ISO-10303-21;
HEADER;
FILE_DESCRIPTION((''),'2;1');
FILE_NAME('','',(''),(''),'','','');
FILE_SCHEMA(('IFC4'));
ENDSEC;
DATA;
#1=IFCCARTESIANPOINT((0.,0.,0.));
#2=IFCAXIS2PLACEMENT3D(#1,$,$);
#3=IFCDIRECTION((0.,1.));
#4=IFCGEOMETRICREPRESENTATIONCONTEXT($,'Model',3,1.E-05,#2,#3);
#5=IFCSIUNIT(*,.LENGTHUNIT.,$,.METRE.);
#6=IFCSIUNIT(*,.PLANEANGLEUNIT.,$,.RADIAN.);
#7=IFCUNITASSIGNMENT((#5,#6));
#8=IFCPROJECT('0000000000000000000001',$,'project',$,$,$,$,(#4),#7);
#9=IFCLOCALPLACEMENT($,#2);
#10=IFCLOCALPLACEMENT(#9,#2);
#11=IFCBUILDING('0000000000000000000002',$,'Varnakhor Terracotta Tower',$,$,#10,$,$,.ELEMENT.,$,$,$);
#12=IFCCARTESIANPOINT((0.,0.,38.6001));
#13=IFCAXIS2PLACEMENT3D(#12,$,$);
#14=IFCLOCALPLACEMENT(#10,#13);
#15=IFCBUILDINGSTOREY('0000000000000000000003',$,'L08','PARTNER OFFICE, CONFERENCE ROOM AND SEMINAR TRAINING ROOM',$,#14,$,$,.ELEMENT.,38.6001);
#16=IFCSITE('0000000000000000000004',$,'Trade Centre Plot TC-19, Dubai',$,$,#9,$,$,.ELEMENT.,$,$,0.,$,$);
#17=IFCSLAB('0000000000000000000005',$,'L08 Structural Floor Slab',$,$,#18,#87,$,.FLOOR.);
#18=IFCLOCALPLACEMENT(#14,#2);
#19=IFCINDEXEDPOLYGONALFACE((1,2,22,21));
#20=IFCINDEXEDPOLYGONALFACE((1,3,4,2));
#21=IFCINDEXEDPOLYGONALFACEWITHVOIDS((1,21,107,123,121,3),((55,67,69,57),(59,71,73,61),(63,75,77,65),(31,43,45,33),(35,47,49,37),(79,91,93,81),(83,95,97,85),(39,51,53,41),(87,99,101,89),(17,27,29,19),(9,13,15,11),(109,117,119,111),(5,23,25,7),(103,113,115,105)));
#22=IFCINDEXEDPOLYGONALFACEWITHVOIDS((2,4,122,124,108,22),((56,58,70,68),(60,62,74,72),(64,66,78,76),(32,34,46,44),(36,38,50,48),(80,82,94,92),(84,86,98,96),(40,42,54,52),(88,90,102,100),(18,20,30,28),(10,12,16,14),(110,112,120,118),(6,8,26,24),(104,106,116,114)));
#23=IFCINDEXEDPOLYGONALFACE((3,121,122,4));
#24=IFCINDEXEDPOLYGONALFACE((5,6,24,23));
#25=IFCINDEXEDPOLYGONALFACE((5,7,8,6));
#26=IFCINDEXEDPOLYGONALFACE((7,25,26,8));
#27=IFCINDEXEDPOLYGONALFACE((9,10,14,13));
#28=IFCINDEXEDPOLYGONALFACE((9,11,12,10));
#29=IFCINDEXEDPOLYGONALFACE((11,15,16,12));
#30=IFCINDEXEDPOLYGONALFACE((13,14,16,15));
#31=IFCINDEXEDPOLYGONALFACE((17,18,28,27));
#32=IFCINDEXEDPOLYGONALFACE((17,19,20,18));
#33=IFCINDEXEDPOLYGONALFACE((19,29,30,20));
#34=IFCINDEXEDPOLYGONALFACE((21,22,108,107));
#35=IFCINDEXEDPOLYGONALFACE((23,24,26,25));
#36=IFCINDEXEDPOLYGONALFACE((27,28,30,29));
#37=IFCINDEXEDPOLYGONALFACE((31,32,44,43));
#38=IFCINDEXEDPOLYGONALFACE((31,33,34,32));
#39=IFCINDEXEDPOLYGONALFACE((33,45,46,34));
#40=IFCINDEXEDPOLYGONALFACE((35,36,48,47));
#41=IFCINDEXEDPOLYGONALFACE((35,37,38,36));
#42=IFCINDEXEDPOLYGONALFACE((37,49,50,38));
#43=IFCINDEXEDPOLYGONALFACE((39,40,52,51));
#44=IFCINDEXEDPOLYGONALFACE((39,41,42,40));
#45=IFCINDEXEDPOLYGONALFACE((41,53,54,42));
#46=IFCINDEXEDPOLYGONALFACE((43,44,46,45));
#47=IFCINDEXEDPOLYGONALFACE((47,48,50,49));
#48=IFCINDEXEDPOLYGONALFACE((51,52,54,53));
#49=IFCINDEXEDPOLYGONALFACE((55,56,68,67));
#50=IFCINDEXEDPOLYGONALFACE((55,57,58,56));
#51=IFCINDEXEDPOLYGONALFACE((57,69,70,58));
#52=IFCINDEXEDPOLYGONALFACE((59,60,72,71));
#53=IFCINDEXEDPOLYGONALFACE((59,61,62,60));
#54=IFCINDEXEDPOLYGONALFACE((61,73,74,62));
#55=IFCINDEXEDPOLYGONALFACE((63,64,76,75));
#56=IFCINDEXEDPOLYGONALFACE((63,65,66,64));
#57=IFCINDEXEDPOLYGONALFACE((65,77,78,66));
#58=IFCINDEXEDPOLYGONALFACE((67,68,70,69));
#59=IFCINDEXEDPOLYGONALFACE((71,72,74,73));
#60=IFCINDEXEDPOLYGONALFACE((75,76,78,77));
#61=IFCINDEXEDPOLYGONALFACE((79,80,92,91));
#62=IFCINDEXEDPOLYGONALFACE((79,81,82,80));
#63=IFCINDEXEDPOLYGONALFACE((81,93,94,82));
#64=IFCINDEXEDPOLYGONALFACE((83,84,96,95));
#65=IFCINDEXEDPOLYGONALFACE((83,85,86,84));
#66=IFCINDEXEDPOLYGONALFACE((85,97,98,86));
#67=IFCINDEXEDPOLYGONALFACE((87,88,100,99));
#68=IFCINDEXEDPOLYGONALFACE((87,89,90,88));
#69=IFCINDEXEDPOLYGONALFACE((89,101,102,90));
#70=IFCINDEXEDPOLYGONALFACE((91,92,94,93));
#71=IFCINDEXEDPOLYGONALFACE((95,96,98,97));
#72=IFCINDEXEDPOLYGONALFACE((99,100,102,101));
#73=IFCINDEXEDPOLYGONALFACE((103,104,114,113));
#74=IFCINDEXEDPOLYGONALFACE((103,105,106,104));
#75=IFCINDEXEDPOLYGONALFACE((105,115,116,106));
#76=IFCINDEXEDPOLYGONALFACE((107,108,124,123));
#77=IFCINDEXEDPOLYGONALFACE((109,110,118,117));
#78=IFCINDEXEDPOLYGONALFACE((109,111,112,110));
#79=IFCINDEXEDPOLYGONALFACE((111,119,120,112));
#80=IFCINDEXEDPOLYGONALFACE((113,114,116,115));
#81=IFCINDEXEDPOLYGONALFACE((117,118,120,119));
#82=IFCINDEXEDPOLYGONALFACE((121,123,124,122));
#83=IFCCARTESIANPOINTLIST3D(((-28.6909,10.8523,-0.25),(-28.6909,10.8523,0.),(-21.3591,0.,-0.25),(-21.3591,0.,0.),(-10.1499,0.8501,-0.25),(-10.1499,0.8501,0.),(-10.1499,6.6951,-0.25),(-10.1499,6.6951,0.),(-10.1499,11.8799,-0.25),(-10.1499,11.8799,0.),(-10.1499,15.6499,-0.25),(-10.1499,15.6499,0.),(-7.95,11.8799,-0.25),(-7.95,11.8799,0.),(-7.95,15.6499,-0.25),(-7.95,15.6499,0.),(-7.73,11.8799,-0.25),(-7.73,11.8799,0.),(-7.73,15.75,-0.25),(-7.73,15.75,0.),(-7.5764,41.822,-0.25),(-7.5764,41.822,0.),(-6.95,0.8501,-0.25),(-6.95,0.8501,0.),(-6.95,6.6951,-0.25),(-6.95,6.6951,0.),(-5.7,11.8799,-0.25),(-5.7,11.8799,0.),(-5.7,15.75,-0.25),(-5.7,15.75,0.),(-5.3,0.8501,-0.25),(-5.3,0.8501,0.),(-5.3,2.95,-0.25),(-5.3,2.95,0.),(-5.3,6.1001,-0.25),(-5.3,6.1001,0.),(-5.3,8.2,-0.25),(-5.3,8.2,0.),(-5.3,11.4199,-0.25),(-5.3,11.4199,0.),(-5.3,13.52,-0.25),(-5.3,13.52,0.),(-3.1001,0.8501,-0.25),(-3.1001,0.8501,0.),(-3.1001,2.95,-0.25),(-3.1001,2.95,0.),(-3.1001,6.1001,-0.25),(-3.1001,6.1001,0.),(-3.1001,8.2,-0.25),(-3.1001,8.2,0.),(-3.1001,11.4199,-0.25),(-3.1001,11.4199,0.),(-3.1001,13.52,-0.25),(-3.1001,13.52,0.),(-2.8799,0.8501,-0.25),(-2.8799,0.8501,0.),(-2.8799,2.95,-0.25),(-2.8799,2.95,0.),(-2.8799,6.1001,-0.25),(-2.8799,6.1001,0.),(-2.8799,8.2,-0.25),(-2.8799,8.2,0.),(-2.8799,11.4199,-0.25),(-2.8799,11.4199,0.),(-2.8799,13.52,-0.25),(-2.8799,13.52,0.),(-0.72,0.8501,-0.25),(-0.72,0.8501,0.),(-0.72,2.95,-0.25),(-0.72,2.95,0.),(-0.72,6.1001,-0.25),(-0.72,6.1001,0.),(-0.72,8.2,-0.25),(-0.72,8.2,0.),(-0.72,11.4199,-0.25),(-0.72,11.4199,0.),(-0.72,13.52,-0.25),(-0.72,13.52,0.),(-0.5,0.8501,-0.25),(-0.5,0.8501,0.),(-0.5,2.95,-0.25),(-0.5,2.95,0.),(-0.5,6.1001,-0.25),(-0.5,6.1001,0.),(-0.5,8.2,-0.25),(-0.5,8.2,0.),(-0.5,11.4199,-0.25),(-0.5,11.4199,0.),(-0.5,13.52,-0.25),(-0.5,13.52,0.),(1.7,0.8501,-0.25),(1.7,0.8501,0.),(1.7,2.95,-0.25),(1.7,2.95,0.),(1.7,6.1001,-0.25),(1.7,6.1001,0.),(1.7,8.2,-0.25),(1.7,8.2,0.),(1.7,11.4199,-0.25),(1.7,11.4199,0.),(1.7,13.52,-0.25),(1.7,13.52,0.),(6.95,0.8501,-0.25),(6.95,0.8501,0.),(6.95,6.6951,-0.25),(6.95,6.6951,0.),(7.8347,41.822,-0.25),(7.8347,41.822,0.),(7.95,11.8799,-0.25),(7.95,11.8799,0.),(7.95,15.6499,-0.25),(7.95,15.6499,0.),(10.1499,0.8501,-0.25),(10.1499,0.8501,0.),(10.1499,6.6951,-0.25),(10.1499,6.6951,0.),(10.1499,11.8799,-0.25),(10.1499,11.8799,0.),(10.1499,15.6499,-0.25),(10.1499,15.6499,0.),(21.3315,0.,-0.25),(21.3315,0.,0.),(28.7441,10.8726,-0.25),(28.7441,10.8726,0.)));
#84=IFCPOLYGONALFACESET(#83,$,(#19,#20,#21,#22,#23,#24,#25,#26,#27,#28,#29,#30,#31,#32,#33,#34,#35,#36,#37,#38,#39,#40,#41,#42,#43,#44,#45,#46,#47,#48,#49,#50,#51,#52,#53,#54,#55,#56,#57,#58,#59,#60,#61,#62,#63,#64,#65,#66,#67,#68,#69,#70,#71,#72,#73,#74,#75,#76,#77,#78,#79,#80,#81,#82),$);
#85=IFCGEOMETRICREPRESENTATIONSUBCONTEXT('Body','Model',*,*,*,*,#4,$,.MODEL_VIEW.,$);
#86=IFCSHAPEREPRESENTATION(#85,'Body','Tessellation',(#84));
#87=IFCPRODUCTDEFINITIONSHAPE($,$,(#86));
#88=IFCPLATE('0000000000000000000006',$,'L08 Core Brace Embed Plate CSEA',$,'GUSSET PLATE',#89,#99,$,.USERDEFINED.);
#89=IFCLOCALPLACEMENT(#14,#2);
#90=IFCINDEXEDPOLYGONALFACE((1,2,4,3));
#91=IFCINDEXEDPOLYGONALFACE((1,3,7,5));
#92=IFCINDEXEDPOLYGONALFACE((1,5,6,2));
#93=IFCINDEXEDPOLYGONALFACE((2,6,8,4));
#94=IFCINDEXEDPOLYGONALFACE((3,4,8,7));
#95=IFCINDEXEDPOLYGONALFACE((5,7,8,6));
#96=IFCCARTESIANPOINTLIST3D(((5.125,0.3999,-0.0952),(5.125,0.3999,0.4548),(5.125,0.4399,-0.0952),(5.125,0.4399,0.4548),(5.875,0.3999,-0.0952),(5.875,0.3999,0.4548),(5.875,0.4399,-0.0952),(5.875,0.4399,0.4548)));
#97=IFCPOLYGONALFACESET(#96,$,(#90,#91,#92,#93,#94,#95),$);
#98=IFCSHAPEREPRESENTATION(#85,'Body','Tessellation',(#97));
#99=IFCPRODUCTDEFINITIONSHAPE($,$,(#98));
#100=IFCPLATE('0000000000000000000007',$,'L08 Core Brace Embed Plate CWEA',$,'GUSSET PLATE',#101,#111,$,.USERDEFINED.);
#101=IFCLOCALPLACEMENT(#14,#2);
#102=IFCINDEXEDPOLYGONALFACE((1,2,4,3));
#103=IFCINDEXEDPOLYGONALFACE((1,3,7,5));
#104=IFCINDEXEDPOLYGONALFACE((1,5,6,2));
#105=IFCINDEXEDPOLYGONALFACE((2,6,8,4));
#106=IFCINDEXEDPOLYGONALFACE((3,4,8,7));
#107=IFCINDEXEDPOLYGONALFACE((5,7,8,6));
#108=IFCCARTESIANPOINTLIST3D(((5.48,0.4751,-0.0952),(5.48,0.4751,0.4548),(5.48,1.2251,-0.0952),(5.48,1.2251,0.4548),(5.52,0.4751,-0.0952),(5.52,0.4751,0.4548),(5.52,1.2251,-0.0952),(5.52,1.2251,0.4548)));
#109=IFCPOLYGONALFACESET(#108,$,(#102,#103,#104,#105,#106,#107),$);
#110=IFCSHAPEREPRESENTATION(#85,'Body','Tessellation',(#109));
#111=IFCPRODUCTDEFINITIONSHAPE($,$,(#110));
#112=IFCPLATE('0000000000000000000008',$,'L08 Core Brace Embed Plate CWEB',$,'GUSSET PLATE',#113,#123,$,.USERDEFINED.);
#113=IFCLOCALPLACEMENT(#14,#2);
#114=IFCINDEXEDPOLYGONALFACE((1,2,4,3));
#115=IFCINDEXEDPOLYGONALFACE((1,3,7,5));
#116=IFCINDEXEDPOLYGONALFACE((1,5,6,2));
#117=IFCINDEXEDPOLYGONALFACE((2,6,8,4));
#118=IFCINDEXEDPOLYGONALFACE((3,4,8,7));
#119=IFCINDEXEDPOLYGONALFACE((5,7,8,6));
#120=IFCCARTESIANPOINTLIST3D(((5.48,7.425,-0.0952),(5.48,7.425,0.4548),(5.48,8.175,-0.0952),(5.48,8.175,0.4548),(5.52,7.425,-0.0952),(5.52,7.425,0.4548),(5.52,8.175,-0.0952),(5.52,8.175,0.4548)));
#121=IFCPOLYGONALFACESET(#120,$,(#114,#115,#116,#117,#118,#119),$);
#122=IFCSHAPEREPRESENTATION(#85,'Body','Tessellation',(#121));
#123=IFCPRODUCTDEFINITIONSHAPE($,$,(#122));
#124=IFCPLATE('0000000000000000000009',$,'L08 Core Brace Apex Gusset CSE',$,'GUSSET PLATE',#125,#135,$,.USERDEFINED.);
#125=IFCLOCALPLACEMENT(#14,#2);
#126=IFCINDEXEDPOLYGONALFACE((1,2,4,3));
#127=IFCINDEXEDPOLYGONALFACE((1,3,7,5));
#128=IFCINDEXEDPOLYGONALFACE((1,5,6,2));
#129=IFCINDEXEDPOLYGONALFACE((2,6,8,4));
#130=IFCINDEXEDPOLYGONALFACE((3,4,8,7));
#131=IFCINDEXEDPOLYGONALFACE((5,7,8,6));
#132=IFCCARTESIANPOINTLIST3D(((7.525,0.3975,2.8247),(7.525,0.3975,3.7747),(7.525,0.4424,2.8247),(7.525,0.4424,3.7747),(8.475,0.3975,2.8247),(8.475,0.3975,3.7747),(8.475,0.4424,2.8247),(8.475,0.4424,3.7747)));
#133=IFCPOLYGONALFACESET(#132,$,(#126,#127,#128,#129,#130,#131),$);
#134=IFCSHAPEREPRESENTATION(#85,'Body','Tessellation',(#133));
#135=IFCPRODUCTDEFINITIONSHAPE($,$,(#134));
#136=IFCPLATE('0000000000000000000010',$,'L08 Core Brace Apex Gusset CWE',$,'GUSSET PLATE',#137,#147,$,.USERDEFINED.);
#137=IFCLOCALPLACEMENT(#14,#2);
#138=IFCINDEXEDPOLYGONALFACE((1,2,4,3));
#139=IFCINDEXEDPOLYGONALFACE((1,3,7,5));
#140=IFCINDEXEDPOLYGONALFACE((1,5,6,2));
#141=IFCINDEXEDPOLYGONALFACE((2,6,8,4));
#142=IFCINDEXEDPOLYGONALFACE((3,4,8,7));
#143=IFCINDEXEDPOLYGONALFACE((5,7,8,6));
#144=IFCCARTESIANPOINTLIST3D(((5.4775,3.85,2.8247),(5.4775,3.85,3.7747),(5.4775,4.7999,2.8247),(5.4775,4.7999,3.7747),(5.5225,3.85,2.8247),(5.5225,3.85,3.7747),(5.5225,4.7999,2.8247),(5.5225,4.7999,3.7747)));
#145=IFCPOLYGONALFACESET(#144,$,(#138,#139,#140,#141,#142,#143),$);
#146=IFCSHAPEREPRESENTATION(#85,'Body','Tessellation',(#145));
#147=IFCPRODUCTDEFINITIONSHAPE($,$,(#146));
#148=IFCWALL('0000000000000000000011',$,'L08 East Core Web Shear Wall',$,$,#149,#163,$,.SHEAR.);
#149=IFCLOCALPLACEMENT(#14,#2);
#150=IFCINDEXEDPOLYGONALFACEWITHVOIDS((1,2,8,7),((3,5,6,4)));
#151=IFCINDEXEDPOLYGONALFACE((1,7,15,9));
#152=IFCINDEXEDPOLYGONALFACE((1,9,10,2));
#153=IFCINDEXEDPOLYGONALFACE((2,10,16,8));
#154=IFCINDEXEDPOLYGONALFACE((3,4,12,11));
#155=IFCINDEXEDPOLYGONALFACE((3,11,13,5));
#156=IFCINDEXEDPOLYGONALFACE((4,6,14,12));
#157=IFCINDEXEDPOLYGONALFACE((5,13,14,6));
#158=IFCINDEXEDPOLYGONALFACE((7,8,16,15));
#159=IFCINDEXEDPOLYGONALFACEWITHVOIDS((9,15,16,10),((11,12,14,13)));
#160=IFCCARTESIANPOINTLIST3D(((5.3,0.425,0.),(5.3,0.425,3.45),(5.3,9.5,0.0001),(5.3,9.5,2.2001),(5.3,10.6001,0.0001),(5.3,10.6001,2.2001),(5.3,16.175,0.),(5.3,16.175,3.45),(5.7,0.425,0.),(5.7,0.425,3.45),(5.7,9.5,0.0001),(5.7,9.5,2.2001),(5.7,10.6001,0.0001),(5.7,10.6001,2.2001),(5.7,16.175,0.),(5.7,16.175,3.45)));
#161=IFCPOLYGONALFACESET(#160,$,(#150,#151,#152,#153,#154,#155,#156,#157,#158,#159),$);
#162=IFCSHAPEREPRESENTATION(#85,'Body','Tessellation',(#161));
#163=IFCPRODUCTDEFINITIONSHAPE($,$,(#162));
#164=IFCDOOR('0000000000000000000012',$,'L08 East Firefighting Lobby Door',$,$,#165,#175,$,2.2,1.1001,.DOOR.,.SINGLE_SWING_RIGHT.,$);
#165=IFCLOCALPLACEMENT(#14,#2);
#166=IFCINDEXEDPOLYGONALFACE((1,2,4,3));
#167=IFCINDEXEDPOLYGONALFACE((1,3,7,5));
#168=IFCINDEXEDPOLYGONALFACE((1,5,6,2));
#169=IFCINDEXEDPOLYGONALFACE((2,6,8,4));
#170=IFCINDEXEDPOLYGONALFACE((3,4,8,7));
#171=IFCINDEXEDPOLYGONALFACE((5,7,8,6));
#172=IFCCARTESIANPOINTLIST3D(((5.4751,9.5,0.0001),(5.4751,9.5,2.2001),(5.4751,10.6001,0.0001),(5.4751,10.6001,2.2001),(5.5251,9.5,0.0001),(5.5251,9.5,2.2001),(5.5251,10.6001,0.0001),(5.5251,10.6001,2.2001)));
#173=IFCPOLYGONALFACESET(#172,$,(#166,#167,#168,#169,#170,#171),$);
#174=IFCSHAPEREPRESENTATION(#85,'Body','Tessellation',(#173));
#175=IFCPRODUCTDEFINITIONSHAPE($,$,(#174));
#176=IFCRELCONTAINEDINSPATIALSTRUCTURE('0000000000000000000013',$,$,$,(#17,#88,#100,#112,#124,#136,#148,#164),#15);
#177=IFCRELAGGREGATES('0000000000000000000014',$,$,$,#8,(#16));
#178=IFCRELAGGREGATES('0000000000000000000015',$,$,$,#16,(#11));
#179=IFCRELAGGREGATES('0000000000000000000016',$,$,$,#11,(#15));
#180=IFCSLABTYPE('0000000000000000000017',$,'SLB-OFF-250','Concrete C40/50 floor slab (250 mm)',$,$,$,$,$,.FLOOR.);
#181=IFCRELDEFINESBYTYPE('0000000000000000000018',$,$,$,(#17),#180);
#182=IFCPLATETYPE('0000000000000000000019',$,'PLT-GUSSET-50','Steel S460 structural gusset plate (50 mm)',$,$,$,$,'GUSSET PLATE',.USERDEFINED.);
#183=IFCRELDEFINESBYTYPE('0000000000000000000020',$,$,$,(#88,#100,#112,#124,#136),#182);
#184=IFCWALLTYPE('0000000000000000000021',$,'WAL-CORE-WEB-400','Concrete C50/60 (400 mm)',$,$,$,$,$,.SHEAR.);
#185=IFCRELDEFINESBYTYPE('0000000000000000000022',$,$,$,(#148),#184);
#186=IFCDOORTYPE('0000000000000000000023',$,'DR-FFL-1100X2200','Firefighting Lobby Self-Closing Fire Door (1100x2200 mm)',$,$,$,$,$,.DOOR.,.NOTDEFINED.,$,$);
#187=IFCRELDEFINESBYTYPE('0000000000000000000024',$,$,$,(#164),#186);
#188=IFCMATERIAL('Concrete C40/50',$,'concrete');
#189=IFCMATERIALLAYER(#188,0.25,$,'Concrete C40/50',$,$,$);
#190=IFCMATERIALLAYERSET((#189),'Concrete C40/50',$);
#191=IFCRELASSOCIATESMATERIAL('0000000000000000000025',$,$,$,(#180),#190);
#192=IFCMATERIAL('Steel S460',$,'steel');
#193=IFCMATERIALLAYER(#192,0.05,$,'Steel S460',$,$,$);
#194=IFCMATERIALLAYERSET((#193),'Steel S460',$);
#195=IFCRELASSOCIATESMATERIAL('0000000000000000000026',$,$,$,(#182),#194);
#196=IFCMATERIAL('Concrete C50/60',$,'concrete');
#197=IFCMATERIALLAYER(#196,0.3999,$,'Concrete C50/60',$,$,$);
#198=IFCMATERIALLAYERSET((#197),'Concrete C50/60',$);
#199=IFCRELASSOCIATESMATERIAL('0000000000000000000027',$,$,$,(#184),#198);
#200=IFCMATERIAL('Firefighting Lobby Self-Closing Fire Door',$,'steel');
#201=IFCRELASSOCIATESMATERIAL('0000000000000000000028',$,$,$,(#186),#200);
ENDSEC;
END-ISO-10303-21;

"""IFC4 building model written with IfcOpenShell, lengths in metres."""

from ifc_helpers import new_model, si_unit, direction, frame, frame_2d, origin, origin_2d, place, context, subcontext, project, spatial, polyline, rectangle, outline, extrude, source, transform, mapped, material, layer, layer_set, type_object, type_shapes, element, fill, save


model = new_model("IFC4")

# Units and contexts
model_context = context("Model", 3, precision=1e-05, world=origin(), true_north=direction((0.0, 1.0)))
body_context = subcontext(model_context, "Body", "Model", "MODEL_VIEW")
ifc_project = project(units=[si_unit("LENGTHUNIT", "METRE"), si_unit("PLANEANGLEUNIT", "RADIAN")], contexts=[model_context])

# Site, building, storey
site_placement = place(None, origin())
site = spatial("IfcSite", under=ifc_project, at=site_placement, Name="Trade Centre Plot TC-19, Dubai", CompositionType="ELEMENT", RefElevation=0.0)
building_placement = place(site_placement, origin())
building = spatial("IfcBuilding", under=site, at=building_placement, Name="Varnakhor Terracotta Tower", CompositionType="ELEMENT")
storey_placement = place(building_placement, frame((0.0, 0.0, 38.6001)))
storey = spatial("IfcBuildingStorey", under=building, at=storey_placement, Name="L08", Description="PARTNER OFFICE, CONFERENCE ROOM AND SEMINAR TRAINING ROOM", CompositionType="ELEMENT", Elevation=38.6001)

# Shared definitions
ifc_material_1 = material(Name="Concrete C50/60", Category="concrete")

# Shared definitions
ifc_material_2 = material(Name="Steel S460", Category="steel")

# Shared definitions
ifc_material_3 = material(Name="Concrete C40/50", Category="concrete")

# Slab
ifc_layer_1 = layer(ifc_material_3, 0.25, Name="Concrete C40/50")
ifc_layer_set_1 = layer_set([ifc_layer_1], Name="Concrete C40/50")
slab_type_1 = type_object("IfcSlabType", Name="SLB-OFF-250", Description="Concrete C40/50 floor slab (250 mm)", PredefinedType="FLOOR", material=ifc_layer_set_1)
slab_1_placement = place(storey_placement, frame((0.0, 0.0, -0.25)))
element("IfcSlab", 1, at=slab_1_placement, inside=storey, type_object=slab_type_1, Name="L08 Structural Floor Slab", PredefinedType="FLOOR", context=body_context, shape_type="SweptSolid", body=[
    extrude(outline(polyline([(-28.6909, 10.8523), (-7.5764, 41.822), (7.8347, 41.822), (28.7441, 10.8726), (21.3315, 0.0), (-21.3591, 0.0), (-28.6909, 10.8523)]), holes=[polyline([(-3.1001, 0.8501), (-3.1001, 2.95), (-5.3, 2.95), (-5.3, 0.8501), (-3.1001, 0.8501)]), polyline([(-2.8799, 0.8501), (-0.72, 0.8501), (-0.72, 2.95), (-2.8799, 2.95), (-2.8799, 0.8501)]), polyline([(-10.1499, 0.8501), (-6.95, 0.8501), (-6.95, 6.6951), (-10.1499, 6.6951), (-10.1499, 0.8501)]), polyline([(-5.3, 6.1001), (-3.1001, 6.1001), (-3.1001, 8.2), (-5.3, 8.2), (-5.3, 6.1001)]), polyline([(-5.3, 11.4199), (-3.1001, 11.4199), (-3.1001, 13.52), (-5.3, 13.52), (-5.3, 11.4199)]), polyline([(-10.1499, 11.8799), (-7.95, 11.8799), (-7.95, 15.6499), (-10.1499, 15.6499), (-10.1499, 11.8799)]), polyline([(-7.73, 11.8799), (-5.7, 11.8799), (-5.7, 15.75), (-7.73, 15.75), (-7.73, 11.8799)]), polyline([(1.7, 0.8501), (1.7, 2.95), (-0.5, 2.95), (-0.5, 0.8501), (1.7, 0.8501)]), polyline([(6.95, 0.8501), (10.1499, 0.8501), (10.1499, 6.6951), (6.95, 6.6951), (6.95, 0.8501)]), polyline([(-2.8799, 6.1001), (-0.72, 6.1001), (-0.72, 8.2), (-2.8799, 8.2), (-2.8799, 6.1001)]), polyline([(-0.5, 6.1001), (1.7, 6.1001), (1.7, 8.2), (-0.5, 8.2), (-0.5, 6.1001)]), polyline([(-2.8799, 11.4199), (-0.72, 11.4199), (-0.72, 13.52), (-2.8799, 13.52), (-2.8799, 11.4199)]), polyline([(-0.5, 11.4199), (1.7, 11.4199), (1.7, 13.52), (-0.5, 13.52), (-0.5, 11.4199)]), polyline([(7.95, 11.8799), (10.1499, 11.8799), (10.1499, 15.6499), (7.95, 15.6499), (7.95, 11.8799)])]), origin(), (0.0, 0.0, 1.0), 0.25),
])

# Plates
ifc_layer_2 = layer(ifc_material_2, 0.05, Name="Steel S460")
ifc_layer_set_2 = layer_set([ifc_layer_2], Name="Steel S460")
plate_type = type_object("IfcPlateType", Name="PLT-GUSSET-50", Description="Steel S460 structural gusset plate (50 mm)", ElementType="GUSSET PLATE", PredefinedType="USERDEFINED", material=ifc_layer_set_2)
shared_shape_1 = source(origin(), body_context, "Body", "SweptSolid", [
    extrude(rectangle(XDim=0.75, YDim=0.04, at=origin_2d()), origin(), (0.0, 0.0, 1.0), 0.55),
])
type_shapes(plate_type, [shared_shape_1])
for number, where, z_axis, x_axis, name in (
    (2, (5.5, 0.4199, -0.0952), (0.0, 0.0, 1.0), (1.0, 0.0, 0.0), "L08 Core Brace Embed Plate CSEA"),
    (3, (5.5, 0.8501, -0.0952), (0.0, 0.0, 1.0), (0.0, 1.0, 0.0), "L08 Core Brace Embed Plate CWEA"),
    (4, (5.5, 7.8, -0.0952), (0.0, 0.0, 1.0), (0.0, 1.0, 0.0), "L08 Core Brace Embed Plate CWEB"),
):
    element("IfcPlate", number, at=place(storey_placement, frame(where, z_axis=z_axis, x_axis=x_axis)), inside=storey, type_object=plate_type, Name=name, ObjectType="GUSSET PLATE", PredefinedType="USERDEFINED", context=body_context, shape_type="MappedRepresentation", body=[
        mapped(shared_shape_1, transform((0.0, 0.0, 0.0), scale=1.0)),
    ])
shared_shape_2 = source(origin(), body_context, "Body", "SweptSolid", [
    extrude(rectangle(XDim=0.95, YDim=0.0449, at=origin_2d()), origin(), (0.0, 0.0, 1.0), 0.95),
])
for number, where, z_axis, x_axis, name in (
    (5, (8.0, 0.4199, 2.8247), (0.0, 0.0, 1.0), (1.0, 0.0, 0.0), "L08 Core Brace Apex Gusset CSE"),
    (6, (5.5, 4.325, 2.8247), (0.0, 0.0, 1.0), (0.0, 1.0, 0.0), "L08 Core Brace Apex Gusset CWE"),
):
    element("IfcPlate", number, at=place(storey_placement, frame(where, z_axis=z_axis, x_axis=x_axis)), inside=storey, type_object=plate_type, Name=name, ObjectType="GUSSET PLATE", PredefinedType="USERDEFINED", context=body_context, shape_type="MappedRepresentation", body=[
        mapped(shared_shape_2, transform((0.0, 0.0, 0.0), scale=1.0)),
    ])

# Wall, opening, door
ifc_layer_3 = layer(ifc_material_1, 0.3999, Name="Concrete C50/60")
ifc_layer_set_3 = layer_set([ifc_layer_3], Name="Concrete C50/60")
wall_type_1 = type_object("IfcWallType", Name="WAL-CORE-WEB-400", Description="Concrete C50/60 (400 mm)", PredefinedType="SHEAR", material=ifc_layer_set_3)
wall_1_placement = place(storey_placement, frame((5.5, 0.425, 0.0), z_axis=(0.0, 0.0, 1.0), x_axis=(0.0, 1.0, 0.0)))
wall_1 = element("IfcWall", 7, at=wall_1_placement, inside=storey, type_object=wall_type_1, Name="L08 East Core Web Shear Wall", PredefinedType="SHEAR", context=body_context, shape_type="SweptSolid", body=[
    extrude(rectangle(XDim=15.75, YDim=0.3999, at=frame_2d((7.875, 0.0))), origin(), (0.0, 0.0, 1.0), 3.45),
])
opening_1_placement = place(wall_1_placement, frame((9.075, 0.0, 0.0)))
opening_1 = element("IfcOpeningElement", 8, at=opening_1_placement, cuts=wall_1, PredefinedType="OPENING", context=body_context, shape_type="SweptSolid", body=[
    extrude(rectangle(XDim=1.1001, YDim=2.2, at=frame_2d((0.55, 1.1001))), frame((0.0, 0.21, 0.0), z_axis=(0.0, -1.0, 0.0), x_axis=(1.0, 0.0, 0.0)), (0.0, 0.0, 1.0), 0.4199),
])
ifc_material_4 = material(Name="Firefighting Lobby Self-Closing Fire Door", Category="steel")
door_type_1 = type_object("IfcDoorType", Name="DR-FFL-1100X2200", Description="Firefighting Lobby Self-Closing Fire Door (1100x2200 mm)", OperationType="NOTDEFINED", PredefinedType="DOOR", material=ifc_material_4)
shared_shape_3 = source(origin(), body_context, "Body", "SweptSolid", [
    extrude(rectangle(XDim=1.1001, YDim=2.2, at=frame_2d((0.55, 1.1001))), frame((0.0, 0.0249, 0.0), z_axis=(0.0, -1.0, 0.0), x_axis=(1.0, 0.0, 0.0)), (0.0, 0.0, 1.0), 0.05),
])
type_shapes(door_type_1, [shared_shape_3])
door_1_placement = place(opening_1_placement, origin())
door_1 = element("IfcDoor", 9, at=door_1_placement, inside=storey, type_object=door_type_1, Name="L08 East Firefighting Lobby Door", OperationType="SINGLE_SWING_RIGHT", OverallHeight=2.2, OverallWidth=1.1001, PredefinedType="DOOR", context=body_context, shape_type="MappedRepresentation", body=[
    mapped(shared_shape_3, transform((0.0, 0.0, 0.0), scale=1.0)),
])
fill(opening_1, door_1)

save(model, "model.ifc")
